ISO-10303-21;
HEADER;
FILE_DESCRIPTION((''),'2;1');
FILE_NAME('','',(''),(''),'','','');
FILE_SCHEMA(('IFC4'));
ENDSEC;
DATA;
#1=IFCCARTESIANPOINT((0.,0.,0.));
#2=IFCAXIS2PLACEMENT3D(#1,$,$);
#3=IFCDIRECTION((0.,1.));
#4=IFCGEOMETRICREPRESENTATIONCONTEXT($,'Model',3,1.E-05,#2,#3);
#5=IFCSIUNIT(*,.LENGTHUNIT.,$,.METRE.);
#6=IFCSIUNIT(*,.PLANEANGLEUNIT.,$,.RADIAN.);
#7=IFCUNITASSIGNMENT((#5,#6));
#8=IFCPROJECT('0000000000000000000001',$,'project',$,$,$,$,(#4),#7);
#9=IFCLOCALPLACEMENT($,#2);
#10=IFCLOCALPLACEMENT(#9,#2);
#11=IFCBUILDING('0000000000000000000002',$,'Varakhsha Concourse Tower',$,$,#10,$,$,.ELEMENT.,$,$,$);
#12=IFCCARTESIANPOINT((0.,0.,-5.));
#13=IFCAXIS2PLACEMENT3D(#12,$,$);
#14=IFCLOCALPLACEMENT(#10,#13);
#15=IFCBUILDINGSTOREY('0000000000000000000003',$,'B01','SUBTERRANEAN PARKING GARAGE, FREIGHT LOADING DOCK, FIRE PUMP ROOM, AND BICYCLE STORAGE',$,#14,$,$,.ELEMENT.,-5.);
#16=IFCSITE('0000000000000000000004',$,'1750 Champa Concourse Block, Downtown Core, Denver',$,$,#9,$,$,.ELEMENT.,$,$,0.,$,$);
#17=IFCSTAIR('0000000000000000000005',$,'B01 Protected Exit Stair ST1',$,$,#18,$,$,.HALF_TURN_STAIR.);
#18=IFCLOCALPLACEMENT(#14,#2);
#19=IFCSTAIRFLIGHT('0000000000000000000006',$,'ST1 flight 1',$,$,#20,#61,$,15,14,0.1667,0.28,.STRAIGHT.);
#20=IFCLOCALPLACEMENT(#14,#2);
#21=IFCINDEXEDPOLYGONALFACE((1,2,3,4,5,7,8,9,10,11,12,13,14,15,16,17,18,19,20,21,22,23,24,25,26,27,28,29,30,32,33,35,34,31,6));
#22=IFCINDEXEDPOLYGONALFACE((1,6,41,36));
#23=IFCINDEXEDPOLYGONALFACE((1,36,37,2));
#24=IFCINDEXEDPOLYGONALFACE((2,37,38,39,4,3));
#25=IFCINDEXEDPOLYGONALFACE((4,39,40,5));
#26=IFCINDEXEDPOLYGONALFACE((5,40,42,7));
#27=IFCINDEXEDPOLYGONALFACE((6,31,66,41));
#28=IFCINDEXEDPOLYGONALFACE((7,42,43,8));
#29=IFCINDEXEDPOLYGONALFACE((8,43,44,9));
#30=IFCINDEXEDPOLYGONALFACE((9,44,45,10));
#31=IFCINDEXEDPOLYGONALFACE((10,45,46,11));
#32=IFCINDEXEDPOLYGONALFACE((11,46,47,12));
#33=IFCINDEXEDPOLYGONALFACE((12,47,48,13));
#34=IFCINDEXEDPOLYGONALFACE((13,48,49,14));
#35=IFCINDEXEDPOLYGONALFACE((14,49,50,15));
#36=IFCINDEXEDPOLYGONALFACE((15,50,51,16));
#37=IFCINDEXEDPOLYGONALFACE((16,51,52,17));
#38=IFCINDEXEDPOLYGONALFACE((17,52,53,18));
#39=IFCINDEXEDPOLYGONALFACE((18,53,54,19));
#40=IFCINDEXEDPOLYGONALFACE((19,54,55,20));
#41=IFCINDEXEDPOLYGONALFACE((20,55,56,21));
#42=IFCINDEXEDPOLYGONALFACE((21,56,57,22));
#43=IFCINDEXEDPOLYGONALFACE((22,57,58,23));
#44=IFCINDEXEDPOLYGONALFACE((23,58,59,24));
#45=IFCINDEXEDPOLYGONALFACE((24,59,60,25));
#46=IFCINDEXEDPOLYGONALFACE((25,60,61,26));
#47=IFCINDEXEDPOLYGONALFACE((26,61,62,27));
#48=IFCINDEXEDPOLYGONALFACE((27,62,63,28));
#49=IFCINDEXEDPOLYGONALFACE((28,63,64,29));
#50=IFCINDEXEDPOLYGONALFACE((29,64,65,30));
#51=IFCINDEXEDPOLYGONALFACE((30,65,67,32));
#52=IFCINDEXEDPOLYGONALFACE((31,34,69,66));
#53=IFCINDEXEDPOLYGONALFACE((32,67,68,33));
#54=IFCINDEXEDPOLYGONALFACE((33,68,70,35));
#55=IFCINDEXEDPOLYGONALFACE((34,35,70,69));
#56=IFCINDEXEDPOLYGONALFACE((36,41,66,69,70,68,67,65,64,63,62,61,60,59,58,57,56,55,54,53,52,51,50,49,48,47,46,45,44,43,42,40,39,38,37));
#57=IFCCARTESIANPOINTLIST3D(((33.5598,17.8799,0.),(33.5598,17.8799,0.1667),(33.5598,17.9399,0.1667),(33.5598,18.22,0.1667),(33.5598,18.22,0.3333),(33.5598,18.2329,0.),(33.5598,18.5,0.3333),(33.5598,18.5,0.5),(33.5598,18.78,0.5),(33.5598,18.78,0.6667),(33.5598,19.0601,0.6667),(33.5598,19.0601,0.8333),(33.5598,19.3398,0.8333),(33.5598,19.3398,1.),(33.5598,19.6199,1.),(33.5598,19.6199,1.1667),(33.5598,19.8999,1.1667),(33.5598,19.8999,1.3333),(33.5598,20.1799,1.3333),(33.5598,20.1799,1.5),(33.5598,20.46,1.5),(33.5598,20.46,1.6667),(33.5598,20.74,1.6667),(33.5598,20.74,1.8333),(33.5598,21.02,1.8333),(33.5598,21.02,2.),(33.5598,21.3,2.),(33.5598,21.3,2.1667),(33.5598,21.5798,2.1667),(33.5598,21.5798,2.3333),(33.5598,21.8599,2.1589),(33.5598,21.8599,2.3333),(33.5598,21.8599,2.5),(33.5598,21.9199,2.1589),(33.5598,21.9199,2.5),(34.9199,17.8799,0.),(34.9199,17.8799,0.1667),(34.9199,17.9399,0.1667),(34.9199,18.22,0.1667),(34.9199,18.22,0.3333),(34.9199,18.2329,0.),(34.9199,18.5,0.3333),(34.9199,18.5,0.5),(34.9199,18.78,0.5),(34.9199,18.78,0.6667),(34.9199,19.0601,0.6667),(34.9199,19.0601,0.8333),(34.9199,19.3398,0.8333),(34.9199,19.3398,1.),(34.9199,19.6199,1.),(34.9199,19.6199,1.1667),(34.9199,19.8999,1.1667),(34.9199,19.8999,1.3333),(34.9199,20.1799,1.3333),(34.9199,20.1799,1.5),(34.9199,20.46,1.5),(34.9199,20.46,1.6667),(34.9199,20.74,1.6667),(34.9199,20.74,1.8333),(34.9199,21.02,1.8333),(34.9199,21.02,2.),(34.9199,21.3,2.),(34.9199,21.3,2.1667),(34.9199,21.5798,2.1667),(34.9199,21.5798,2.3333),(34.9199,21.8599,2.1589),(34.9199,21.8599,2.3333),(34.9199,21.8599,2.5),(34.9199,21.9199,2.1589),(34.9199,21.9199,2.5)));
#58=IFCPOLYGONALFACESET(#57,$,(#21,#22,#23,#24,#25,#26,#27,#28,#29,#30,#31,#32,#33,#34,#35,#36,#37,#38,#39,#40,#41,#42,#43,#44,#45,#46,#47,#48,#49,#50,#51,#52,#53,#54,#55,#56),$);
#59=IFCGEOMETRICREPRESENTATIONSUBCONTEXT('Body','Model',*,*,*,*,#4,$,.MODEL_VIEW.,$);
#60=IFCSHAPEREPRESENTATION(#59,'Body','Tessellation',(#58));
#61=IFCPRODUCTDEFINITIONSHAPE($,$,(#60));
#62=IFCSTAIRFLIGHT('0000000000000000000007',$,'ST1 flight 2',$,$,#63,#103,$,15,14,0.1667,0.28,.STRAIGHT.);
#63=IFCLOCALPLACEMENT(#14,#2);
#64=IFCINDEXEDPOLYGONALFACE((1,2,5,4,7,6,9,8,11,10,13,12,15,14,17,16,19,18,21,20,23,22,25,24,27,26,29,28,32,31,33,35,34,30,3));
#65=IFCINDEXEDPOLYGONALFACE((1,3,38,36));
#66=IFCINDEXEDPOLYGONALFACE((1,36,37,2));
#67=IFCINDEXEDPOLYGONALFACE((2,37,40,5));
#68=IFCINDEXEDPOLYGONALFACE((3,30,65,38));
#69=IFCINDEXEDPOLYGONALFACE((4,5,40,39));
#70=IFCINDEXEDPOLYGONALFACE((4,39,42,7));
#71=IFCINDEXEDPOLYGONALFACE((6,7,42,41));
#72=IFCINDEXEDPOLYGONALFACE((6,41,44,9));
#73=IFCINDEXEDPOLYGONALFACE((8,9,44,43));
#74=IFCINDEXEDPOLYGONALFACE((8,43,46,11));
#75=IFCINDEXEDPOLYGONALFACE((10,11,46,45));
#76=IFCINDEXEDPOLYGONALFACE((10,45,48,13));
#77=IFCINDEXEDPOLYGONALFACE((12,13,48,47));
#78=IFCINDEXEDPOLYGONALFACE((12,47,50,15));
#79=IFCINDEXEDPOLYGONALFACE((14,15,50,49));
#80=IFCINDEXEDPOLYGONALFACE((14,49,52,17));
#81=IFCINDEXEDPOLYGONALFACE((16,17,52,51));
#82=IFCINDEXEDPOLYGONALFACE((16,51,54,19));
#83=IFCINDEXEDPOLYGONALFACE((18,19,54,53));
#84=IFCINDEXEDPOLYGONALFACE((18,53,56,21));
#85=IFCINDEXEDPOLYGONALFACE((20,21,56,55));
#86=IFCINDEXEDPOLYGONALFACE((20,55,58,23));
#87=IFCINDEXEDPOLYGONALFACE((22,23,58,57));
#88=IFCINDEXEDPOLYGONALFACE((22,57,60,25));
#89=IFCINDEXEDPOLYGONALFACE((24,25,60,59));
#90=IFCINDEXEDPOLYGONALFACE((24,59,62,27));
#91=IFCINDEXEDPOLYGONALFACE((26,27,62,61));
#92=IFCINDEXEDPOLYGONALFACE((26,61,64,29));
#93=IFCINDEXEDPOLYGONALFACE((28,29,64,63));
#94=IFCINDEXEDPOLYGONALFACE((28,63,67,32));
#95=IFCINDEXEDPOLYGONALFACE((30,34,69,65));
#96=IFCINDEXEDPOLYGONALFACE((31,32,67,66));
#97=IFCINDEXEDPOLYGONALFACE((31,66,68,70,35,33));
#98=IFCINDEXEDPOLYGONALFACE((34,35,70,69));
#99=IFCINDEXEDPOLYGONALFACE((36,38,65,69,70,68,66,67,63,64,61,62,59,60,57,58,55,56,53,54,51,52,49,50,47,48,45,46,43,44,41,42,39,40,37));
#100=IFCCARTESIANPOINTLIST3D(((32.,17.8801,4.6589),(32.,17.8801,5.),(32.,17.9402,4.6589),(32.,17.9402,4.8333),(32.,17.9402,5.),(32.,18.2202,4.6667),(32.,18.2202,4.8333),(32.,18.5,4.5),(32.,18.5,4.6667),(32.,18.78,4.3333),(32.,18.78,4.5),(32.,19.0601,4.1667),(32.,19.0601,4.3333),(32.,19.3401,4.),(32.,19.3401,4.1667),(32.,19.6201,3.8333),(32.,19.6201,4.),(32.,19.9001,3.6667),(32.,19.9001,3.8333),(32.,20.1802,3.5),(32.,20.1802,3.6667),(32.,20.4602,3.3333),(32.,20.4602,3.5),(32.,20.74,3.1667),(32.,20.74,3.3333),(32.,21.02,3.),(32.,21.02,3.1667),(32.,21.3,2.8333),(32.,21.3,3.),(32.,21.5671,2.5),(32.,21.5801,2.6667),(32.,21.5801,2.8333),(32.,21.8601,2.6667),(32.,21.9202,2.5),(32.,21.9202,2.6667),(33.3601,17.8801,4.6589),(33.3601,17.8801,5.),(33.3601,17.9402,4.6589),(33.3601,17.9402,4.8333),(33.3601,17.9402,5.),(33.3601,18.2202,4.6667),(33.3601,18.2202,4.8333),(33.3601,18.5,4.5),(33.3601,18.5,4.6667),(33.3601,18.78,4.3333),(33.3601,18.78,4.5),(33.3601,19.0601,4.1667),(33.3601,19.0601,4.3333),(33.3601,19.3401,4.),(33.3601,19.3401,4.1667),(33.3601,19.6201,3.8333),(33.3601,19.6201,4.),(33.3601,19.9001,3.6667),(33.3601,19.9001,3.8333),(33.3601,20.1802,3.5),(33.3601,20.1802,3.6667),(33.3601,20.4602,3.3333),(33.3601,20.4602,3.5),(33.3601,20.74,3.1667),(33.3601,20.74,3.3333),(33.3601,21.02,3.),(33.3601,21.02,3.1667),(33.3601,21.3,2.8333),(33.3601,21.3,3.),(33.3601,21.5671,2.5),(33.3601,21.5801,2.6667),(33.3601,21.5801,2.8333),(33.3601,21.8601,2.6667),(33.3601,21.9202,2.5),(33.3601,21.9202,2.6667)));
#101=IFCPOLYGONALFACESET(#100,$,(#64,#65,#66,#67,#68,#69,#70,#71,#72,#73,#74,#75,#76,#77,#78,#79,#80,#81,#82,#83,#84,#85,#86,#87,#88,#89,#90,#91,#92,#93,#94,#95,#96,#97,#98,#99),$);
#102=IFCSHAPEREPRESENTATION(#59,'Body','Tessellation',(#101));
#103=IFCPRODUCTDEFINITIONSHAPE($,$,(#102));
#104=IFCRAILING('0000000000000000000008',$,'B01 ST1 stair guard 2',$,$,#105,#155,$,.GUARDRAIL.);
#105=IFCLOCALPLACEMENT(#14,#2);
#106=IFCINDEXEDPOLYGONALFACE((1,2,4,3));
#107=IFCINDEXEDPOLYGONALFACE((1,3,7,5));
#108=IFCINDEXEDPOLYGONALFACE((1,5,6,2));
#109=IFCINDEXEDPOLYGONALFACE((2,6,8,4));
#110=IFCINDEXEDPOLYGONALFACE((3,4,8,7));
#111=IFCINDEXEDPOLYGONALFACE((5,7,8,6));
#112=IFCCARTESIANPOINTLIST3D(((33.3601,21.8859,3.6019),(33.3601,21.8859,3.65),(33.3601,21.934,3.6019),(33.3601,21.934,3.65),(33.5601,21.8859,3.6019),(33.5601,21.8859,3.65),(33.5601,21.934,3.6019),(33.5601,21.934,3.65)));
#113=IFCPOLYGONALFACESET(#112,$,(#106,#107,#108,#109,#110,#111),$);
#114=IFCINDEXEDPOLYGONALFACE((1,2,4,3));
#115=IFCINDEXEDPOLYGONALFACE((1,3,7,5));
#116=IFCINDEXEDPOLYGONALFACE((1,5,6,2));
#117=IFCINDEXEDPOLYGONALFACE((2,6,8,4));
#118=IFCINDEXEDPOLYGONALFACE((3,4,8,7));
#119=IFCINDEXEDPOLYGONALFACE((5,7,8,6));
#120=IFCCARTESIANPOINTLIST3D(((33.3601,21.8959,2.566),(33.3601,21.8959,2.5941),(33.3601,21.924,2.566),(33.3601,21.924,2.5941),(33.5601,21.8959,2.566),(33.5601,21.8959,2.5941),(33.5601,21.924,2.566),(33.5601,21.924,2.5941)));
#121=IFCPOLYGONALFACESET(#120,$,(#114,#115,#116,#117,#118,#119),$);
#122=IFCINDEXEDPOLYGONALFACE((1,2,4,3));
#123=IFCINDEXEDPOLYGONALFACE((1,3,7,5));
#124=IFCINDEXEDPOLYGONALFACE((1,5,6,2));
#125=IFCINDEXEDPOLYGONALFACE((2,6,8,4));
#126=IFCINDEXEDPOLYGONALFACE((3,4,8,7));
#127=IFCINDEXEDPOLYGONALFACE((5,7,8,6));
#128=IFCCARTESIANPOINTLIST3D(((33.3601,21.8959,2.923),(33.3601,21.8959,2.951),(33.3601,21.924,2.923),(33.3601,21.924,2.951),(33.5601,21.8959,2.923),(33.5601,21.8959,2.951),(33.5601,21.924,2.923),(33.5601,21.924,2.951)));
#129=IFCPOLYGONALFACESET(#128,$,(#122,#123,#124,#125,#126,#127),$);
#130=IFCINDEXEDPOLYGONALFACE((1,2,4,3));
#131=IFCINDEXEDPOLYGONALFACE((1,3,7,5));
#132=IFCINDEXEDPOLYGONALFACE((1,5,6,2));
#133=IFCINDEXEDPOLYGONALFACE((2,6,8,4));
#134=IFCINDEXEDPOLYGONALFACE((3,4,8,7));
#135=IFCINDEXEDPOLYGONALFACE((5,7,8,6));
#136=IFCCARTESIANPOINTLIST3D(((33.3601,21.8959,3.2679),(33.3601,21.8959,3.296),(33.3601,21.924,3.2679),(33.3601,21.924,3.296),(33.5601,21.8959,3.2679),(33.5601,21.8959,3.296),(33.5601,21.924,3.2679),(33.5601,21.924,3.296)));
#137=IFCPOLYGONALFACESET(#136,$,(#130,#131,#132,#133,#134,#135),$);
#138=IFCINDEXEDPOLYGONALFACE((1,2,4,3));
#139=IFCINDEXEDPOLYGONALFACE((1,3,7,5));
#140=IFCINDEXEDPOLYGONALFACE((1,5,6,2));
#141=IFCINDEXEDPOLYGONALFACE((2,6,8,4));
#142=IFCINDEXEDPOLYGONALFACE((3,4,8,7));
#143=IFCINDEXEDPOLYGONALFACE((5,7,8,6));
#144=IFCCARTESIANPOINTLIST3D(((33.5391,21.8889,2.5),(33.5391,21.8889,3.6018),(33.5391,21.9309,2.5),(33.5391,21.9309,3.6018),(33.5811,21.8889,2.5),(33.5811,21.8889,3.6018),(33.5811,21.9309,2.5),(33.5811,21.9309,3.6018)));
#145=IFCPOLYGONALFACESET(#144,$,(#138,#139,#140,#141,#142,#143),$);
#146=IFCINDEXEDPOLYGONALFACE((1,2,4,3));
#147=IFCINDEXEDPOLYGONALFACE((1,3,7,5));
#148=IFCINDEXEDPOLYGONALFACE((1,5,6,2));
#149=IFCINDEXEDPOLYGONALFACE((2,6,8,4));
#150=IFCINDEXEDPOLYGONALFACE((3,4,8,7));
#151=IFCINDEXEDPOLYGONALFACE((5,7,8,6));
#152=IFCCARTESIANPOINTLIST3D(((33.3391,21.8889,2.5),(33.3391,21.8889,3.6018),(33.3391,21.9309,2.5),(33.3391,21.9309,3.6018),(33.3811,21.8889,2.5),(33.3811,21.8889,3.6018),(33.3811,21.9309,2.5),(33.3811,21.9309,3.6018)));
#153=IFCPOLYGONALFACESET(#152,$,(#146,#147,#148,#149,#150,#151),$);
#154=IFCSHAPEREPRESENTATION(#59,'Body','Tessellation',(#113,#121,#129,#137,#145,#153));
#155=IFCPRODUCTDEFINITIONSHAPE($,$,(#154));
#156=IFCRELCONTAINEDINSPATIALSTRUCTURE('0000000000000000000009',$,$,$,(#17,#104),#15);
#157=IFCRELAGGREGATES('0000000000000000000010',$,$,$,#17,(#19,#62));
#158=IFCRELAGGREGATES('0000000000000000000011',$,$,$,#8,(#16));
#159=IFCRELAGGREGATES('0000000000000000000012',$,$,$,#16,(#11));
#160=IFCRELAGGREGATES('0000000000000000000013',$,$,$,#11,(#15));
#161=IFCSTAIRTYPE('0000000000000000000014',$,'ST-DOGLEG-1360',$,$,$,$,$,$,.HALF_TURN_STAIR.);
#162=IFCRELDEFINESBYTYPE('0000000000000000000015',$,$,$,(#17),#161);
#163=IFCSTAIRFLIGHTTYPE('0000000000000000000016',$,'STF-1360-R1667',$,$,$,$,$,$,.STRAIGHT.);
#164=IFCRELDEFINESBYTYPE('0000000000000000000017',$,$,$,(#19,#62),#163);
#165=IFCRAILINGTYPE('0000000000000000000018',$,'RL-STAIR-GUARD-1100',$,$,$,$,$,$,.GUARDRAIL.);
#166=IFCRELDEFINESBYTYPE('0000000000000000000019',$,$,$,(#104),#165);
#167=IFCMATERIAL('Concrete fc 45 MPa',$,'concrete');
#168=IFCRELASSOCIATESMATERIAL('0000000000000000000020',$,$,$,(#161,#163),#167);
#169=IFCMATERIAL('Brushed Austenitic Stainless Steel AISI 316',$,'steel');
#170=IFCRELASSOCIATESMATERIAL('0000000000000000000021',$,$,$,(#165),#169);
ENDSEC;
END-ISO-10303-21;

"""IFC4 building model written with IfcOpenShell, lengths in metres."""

from ifc_helpers import new_model, si_unit, direction, frame, origin, origin_2d, place, context, subcontext, project, spatial, polyline, rectangle, outline, extrude, material, type_object, element, aggregate, save


model = new_model("IFC4")

# Units and contexts
model_context = context("Model", 3, precision=1e-05, world=origin(), true_north=direction((0.0, 1.0)))
body_context = subcontext(model_context, "Body", "Model", "MODEL_VIEW")
ifc_project = project(units=[si_unit("LENGTHUNIT", "METRE"), si_unit("PLANEANGLEUNIT", "RADIAN")], contexts=[model_context])

# Site, building, storey
site_placement = place(None, origin())
site = spatial("IfcSite", under=ifc_project, at=site_placement, Name="1750 Champa Concourse Block, Downtown Core, Denver", CompositionType="ELEMENT", RefElevation=0.0)
building_placement = place(site_placement, origin())
building = spatial("IfcBuilding", under=site, at=building_placement, Name="Varakhsha Concourse Tower", CompositionType="ELEMENT")
storey_placement = place(building_placement, frame((0.0, 0.0, -5.0)))
storey = spatial("IfcBuildingStorey", under=building, at=storey_placement, Name="B01", Description="SUBTERRANEAN PARKING GARAGE, FREIGHT LOADING DOCK, FIRE PUMP ROOM, AND BICYCLE STORAGE", CompositionType="ELEMENT", Elevation=-5.0)

# Shared definitions
ifc_material_1 = material(Name="Concrete fc 45 MPa", Category="concrete")

# Stair, stair flights
stair_type = type_object("IfcStairType", Name="ST-DOGLEG-1360", PredefinedType="HALF_TURN_STAIR", material=ifc_material_1)
stair_placement = place(storey_placement, origin())
stair = element("IfcStair", 1, at=stair_placement, inside=storey, type_object=stair_type, Name="B01 Protected Exit Stair ST1", PredefinedType="HALF_TURN_STAIR")
stair_flight_type = type_object("IfcStairFlightType", Name="STF-1360-R1667", PredefinedType="STRAIGHT", material=ifc_material_1)
stair_flight_1_placement = place(storey_placement, frame((34.24, 17.9399, 0.0), z_axis=(0.0, 0.0, 1.0), x_axis=(0.0, 1.0, 0.0)))
stair_flight_1 = element("IfcStairFlight", 2, at=stair_flight_1_placement, type_object=stair_flight_type, Name="ST1 flight 1", NumberOfRisers=15, NumberOfTreads=14, PredefinedType="STRAIGHT", RiserHeight=0.1667, TreadLength=0.28, context=body_context, shape_type="SweptSolid", body=[
    extrude(outline(polyline([(-0.0601, 0.0), (-0.0601, 0.1667), (0.0, 0.1667), (0.28, 0.1667), (0.28, 0.3333), (0.5601, 0.3333), (0.5601, 0.5), (0.8401, 0.5), (0.8401, 0.6667), (1.1201, 0.6667), (1.1201, 0.8333), (1.3999, 0.8333), (1.3999, 1.0), (1.6799, 1.0), (1.6799, 1.1667), (1.96, 1.1667), (1.96, 1.3333), (2.24, 1.3333), (2.24, 1.5), (2.52, 1.5), (2.52, 1.6667), (2.8, 1.6667), (2.8, 1.8333), (3.0801, 1.8333), (3.0801, 2.0), (3.3601, 2.0), (3.3601, 2.1667), (3.6399, 2.1667), (3.6399, 2.3333), (3.9199, 2.3333), (3.9199, 2.5), (3.98, 2.5), (3.98, 2.1589), (3.9199, 2.1589), (0.293, 0.0), (-0.0601, 0.0)])), frame((0.0, 0.6802, 0.0), z_axis=(0.0, -1.0, 0.0), x_axis=(1.0, 0.0, 0.0)), (0.0, 0.0, 1.0), 1.3601),
])
stair_flight_2_placement = place(storey_placement, frame((32.6799, 21.8601, 2.5), z_axis=(0.0, 0.0, 1.0), x_axis=(0.0, -1.0, 0.0)))
stair_flight_2 = element("IfcStairFlight", 3, at=stair_flight_2_placement, type_object=stair_flight_type, Name="ST1 flight 2", NumberOfRisers=15, NumberOfTreads=14, PredefinedType="STRAIGHT", RiserHeight=0.1667, TreadLength=0.28, context=body_context, shape_type="SweptSolid", body=[
    extrude(outline(polyline([(-0.0601, 0.0), (-0.0601, 0.1667), (0.0, 0.1667), (0.28, 0.1667), (0.28, 0.3333), (0.5601, 0.3333), (0.5601, 0.5), (0.8401, 0.5), (0.8401, 0.6667), (1.1201, 0.6667), (1.1201, 0.8333), (1.3999, 0.8333), (1.3999, 1.0), (1.6799, 1.0), (1.6799, 1.1667), (1.96, 1.1667), (1.96, 1.3333), (2.24, 1.3333), (2.24, 1.5), (2.52, 1.5), (2.52, 1.6667), (2.8, 1.6667), (2.8, 1.8333), (3.0801, 1.8333), (3.0801, 2.0), (3.3601, 2.0), (3.3601, 2.1667), (3.6399, 2.1667), (3.6399, 2.3333), (3.9199, 2.3333), (3.9199, 2.5), (3.98, 2.5), (3.98, 2.1589), (3.9199, 2.1589), (0.293, 0.0), (-0.0601, 0.0)])), frame((0.0, 0.6802, 0.0), z_axis=(0.0, -1.0, 0.0), x_axis=(1.0, 0.0, 0.0)), (0.0, 0.0, 1.0), 1.3601),
])
aggregate(stair, [stair_flight_1, stair_flight_2])

# Railing
ifc_material_2 = material(Name="Brushed Austenitic Stainless Steel AISI 316", Category="steel")
railing_type_1 = type_object("IfcRailingType", Name="RL-STAIR-GUARD-1100", PredefinedType="GUARDRAIL", material=ifc_material_2)
railing_1_placement = place(storey_placement, frame((33.5601, 21.9099, 2.5)))
element("IfcRailing", 4, at=railing_1_placement, inside=storey, type_object=railing_type_1, Name="B01 ST1 stair guard 2", PredefinedType="GUARDRAIL", context=body_context, shape_type="SweptSolid", body=[
    extrude(rectangle(XDim=0.0481, YDim=0.0481, at=origin_2d()), frame((0.0, 0.0, 1.126), z_axis=(-1.0, 0.0, 0.0), x_axis=(0.0, -1.0, 0.0)), (0.0, 0.0, 1.0), 0.2),
    extrude(rectangle(XDim=0.0281, YDim=0.0281, at=origin_2d()), frame((0.0, 0.0, 0.0801), z_axis=(-1.0, 0.0, 0.0), x_axis=(0.0, -1.0, 0.0)), (0.0, 0.0, 1.0), 0.2),
    extrude(rectangle(XDim=0.0281, YDim=0.0281, at=origin_2d()), frame((0.0, 0.0, 0.437), z_axis=(-1.0, 0.0, 0.0), x_axis=(0.0, -1.0, 0.0)), (0.0, 0.0, 1.0), 0.2),
    extrude(rectangle(XDim=0.0281, YDim=0.0281, at=origin_2d()), frame((0.0, 0.0, 0.782), z_axis=(-1.0, 0.0, 0.0), x_axis=(0.0, -1.0, 0.0)), (0.0, 0.0, 1.0), 0.2),
    extrude(rectangle(XDim=0.042, YDim=0.042, at=origin_2d()), origin(), (0.0, 0.0, 1.0), 1.1018),
    extrude(rectangle(XDim=0.042, YDim=0.042, at=origin_2d()), frame((-0.2, 0.0, 0.0)), (0.0, 0.0, 1.0), 1.1018),
])

save(model, "model.ifc")
